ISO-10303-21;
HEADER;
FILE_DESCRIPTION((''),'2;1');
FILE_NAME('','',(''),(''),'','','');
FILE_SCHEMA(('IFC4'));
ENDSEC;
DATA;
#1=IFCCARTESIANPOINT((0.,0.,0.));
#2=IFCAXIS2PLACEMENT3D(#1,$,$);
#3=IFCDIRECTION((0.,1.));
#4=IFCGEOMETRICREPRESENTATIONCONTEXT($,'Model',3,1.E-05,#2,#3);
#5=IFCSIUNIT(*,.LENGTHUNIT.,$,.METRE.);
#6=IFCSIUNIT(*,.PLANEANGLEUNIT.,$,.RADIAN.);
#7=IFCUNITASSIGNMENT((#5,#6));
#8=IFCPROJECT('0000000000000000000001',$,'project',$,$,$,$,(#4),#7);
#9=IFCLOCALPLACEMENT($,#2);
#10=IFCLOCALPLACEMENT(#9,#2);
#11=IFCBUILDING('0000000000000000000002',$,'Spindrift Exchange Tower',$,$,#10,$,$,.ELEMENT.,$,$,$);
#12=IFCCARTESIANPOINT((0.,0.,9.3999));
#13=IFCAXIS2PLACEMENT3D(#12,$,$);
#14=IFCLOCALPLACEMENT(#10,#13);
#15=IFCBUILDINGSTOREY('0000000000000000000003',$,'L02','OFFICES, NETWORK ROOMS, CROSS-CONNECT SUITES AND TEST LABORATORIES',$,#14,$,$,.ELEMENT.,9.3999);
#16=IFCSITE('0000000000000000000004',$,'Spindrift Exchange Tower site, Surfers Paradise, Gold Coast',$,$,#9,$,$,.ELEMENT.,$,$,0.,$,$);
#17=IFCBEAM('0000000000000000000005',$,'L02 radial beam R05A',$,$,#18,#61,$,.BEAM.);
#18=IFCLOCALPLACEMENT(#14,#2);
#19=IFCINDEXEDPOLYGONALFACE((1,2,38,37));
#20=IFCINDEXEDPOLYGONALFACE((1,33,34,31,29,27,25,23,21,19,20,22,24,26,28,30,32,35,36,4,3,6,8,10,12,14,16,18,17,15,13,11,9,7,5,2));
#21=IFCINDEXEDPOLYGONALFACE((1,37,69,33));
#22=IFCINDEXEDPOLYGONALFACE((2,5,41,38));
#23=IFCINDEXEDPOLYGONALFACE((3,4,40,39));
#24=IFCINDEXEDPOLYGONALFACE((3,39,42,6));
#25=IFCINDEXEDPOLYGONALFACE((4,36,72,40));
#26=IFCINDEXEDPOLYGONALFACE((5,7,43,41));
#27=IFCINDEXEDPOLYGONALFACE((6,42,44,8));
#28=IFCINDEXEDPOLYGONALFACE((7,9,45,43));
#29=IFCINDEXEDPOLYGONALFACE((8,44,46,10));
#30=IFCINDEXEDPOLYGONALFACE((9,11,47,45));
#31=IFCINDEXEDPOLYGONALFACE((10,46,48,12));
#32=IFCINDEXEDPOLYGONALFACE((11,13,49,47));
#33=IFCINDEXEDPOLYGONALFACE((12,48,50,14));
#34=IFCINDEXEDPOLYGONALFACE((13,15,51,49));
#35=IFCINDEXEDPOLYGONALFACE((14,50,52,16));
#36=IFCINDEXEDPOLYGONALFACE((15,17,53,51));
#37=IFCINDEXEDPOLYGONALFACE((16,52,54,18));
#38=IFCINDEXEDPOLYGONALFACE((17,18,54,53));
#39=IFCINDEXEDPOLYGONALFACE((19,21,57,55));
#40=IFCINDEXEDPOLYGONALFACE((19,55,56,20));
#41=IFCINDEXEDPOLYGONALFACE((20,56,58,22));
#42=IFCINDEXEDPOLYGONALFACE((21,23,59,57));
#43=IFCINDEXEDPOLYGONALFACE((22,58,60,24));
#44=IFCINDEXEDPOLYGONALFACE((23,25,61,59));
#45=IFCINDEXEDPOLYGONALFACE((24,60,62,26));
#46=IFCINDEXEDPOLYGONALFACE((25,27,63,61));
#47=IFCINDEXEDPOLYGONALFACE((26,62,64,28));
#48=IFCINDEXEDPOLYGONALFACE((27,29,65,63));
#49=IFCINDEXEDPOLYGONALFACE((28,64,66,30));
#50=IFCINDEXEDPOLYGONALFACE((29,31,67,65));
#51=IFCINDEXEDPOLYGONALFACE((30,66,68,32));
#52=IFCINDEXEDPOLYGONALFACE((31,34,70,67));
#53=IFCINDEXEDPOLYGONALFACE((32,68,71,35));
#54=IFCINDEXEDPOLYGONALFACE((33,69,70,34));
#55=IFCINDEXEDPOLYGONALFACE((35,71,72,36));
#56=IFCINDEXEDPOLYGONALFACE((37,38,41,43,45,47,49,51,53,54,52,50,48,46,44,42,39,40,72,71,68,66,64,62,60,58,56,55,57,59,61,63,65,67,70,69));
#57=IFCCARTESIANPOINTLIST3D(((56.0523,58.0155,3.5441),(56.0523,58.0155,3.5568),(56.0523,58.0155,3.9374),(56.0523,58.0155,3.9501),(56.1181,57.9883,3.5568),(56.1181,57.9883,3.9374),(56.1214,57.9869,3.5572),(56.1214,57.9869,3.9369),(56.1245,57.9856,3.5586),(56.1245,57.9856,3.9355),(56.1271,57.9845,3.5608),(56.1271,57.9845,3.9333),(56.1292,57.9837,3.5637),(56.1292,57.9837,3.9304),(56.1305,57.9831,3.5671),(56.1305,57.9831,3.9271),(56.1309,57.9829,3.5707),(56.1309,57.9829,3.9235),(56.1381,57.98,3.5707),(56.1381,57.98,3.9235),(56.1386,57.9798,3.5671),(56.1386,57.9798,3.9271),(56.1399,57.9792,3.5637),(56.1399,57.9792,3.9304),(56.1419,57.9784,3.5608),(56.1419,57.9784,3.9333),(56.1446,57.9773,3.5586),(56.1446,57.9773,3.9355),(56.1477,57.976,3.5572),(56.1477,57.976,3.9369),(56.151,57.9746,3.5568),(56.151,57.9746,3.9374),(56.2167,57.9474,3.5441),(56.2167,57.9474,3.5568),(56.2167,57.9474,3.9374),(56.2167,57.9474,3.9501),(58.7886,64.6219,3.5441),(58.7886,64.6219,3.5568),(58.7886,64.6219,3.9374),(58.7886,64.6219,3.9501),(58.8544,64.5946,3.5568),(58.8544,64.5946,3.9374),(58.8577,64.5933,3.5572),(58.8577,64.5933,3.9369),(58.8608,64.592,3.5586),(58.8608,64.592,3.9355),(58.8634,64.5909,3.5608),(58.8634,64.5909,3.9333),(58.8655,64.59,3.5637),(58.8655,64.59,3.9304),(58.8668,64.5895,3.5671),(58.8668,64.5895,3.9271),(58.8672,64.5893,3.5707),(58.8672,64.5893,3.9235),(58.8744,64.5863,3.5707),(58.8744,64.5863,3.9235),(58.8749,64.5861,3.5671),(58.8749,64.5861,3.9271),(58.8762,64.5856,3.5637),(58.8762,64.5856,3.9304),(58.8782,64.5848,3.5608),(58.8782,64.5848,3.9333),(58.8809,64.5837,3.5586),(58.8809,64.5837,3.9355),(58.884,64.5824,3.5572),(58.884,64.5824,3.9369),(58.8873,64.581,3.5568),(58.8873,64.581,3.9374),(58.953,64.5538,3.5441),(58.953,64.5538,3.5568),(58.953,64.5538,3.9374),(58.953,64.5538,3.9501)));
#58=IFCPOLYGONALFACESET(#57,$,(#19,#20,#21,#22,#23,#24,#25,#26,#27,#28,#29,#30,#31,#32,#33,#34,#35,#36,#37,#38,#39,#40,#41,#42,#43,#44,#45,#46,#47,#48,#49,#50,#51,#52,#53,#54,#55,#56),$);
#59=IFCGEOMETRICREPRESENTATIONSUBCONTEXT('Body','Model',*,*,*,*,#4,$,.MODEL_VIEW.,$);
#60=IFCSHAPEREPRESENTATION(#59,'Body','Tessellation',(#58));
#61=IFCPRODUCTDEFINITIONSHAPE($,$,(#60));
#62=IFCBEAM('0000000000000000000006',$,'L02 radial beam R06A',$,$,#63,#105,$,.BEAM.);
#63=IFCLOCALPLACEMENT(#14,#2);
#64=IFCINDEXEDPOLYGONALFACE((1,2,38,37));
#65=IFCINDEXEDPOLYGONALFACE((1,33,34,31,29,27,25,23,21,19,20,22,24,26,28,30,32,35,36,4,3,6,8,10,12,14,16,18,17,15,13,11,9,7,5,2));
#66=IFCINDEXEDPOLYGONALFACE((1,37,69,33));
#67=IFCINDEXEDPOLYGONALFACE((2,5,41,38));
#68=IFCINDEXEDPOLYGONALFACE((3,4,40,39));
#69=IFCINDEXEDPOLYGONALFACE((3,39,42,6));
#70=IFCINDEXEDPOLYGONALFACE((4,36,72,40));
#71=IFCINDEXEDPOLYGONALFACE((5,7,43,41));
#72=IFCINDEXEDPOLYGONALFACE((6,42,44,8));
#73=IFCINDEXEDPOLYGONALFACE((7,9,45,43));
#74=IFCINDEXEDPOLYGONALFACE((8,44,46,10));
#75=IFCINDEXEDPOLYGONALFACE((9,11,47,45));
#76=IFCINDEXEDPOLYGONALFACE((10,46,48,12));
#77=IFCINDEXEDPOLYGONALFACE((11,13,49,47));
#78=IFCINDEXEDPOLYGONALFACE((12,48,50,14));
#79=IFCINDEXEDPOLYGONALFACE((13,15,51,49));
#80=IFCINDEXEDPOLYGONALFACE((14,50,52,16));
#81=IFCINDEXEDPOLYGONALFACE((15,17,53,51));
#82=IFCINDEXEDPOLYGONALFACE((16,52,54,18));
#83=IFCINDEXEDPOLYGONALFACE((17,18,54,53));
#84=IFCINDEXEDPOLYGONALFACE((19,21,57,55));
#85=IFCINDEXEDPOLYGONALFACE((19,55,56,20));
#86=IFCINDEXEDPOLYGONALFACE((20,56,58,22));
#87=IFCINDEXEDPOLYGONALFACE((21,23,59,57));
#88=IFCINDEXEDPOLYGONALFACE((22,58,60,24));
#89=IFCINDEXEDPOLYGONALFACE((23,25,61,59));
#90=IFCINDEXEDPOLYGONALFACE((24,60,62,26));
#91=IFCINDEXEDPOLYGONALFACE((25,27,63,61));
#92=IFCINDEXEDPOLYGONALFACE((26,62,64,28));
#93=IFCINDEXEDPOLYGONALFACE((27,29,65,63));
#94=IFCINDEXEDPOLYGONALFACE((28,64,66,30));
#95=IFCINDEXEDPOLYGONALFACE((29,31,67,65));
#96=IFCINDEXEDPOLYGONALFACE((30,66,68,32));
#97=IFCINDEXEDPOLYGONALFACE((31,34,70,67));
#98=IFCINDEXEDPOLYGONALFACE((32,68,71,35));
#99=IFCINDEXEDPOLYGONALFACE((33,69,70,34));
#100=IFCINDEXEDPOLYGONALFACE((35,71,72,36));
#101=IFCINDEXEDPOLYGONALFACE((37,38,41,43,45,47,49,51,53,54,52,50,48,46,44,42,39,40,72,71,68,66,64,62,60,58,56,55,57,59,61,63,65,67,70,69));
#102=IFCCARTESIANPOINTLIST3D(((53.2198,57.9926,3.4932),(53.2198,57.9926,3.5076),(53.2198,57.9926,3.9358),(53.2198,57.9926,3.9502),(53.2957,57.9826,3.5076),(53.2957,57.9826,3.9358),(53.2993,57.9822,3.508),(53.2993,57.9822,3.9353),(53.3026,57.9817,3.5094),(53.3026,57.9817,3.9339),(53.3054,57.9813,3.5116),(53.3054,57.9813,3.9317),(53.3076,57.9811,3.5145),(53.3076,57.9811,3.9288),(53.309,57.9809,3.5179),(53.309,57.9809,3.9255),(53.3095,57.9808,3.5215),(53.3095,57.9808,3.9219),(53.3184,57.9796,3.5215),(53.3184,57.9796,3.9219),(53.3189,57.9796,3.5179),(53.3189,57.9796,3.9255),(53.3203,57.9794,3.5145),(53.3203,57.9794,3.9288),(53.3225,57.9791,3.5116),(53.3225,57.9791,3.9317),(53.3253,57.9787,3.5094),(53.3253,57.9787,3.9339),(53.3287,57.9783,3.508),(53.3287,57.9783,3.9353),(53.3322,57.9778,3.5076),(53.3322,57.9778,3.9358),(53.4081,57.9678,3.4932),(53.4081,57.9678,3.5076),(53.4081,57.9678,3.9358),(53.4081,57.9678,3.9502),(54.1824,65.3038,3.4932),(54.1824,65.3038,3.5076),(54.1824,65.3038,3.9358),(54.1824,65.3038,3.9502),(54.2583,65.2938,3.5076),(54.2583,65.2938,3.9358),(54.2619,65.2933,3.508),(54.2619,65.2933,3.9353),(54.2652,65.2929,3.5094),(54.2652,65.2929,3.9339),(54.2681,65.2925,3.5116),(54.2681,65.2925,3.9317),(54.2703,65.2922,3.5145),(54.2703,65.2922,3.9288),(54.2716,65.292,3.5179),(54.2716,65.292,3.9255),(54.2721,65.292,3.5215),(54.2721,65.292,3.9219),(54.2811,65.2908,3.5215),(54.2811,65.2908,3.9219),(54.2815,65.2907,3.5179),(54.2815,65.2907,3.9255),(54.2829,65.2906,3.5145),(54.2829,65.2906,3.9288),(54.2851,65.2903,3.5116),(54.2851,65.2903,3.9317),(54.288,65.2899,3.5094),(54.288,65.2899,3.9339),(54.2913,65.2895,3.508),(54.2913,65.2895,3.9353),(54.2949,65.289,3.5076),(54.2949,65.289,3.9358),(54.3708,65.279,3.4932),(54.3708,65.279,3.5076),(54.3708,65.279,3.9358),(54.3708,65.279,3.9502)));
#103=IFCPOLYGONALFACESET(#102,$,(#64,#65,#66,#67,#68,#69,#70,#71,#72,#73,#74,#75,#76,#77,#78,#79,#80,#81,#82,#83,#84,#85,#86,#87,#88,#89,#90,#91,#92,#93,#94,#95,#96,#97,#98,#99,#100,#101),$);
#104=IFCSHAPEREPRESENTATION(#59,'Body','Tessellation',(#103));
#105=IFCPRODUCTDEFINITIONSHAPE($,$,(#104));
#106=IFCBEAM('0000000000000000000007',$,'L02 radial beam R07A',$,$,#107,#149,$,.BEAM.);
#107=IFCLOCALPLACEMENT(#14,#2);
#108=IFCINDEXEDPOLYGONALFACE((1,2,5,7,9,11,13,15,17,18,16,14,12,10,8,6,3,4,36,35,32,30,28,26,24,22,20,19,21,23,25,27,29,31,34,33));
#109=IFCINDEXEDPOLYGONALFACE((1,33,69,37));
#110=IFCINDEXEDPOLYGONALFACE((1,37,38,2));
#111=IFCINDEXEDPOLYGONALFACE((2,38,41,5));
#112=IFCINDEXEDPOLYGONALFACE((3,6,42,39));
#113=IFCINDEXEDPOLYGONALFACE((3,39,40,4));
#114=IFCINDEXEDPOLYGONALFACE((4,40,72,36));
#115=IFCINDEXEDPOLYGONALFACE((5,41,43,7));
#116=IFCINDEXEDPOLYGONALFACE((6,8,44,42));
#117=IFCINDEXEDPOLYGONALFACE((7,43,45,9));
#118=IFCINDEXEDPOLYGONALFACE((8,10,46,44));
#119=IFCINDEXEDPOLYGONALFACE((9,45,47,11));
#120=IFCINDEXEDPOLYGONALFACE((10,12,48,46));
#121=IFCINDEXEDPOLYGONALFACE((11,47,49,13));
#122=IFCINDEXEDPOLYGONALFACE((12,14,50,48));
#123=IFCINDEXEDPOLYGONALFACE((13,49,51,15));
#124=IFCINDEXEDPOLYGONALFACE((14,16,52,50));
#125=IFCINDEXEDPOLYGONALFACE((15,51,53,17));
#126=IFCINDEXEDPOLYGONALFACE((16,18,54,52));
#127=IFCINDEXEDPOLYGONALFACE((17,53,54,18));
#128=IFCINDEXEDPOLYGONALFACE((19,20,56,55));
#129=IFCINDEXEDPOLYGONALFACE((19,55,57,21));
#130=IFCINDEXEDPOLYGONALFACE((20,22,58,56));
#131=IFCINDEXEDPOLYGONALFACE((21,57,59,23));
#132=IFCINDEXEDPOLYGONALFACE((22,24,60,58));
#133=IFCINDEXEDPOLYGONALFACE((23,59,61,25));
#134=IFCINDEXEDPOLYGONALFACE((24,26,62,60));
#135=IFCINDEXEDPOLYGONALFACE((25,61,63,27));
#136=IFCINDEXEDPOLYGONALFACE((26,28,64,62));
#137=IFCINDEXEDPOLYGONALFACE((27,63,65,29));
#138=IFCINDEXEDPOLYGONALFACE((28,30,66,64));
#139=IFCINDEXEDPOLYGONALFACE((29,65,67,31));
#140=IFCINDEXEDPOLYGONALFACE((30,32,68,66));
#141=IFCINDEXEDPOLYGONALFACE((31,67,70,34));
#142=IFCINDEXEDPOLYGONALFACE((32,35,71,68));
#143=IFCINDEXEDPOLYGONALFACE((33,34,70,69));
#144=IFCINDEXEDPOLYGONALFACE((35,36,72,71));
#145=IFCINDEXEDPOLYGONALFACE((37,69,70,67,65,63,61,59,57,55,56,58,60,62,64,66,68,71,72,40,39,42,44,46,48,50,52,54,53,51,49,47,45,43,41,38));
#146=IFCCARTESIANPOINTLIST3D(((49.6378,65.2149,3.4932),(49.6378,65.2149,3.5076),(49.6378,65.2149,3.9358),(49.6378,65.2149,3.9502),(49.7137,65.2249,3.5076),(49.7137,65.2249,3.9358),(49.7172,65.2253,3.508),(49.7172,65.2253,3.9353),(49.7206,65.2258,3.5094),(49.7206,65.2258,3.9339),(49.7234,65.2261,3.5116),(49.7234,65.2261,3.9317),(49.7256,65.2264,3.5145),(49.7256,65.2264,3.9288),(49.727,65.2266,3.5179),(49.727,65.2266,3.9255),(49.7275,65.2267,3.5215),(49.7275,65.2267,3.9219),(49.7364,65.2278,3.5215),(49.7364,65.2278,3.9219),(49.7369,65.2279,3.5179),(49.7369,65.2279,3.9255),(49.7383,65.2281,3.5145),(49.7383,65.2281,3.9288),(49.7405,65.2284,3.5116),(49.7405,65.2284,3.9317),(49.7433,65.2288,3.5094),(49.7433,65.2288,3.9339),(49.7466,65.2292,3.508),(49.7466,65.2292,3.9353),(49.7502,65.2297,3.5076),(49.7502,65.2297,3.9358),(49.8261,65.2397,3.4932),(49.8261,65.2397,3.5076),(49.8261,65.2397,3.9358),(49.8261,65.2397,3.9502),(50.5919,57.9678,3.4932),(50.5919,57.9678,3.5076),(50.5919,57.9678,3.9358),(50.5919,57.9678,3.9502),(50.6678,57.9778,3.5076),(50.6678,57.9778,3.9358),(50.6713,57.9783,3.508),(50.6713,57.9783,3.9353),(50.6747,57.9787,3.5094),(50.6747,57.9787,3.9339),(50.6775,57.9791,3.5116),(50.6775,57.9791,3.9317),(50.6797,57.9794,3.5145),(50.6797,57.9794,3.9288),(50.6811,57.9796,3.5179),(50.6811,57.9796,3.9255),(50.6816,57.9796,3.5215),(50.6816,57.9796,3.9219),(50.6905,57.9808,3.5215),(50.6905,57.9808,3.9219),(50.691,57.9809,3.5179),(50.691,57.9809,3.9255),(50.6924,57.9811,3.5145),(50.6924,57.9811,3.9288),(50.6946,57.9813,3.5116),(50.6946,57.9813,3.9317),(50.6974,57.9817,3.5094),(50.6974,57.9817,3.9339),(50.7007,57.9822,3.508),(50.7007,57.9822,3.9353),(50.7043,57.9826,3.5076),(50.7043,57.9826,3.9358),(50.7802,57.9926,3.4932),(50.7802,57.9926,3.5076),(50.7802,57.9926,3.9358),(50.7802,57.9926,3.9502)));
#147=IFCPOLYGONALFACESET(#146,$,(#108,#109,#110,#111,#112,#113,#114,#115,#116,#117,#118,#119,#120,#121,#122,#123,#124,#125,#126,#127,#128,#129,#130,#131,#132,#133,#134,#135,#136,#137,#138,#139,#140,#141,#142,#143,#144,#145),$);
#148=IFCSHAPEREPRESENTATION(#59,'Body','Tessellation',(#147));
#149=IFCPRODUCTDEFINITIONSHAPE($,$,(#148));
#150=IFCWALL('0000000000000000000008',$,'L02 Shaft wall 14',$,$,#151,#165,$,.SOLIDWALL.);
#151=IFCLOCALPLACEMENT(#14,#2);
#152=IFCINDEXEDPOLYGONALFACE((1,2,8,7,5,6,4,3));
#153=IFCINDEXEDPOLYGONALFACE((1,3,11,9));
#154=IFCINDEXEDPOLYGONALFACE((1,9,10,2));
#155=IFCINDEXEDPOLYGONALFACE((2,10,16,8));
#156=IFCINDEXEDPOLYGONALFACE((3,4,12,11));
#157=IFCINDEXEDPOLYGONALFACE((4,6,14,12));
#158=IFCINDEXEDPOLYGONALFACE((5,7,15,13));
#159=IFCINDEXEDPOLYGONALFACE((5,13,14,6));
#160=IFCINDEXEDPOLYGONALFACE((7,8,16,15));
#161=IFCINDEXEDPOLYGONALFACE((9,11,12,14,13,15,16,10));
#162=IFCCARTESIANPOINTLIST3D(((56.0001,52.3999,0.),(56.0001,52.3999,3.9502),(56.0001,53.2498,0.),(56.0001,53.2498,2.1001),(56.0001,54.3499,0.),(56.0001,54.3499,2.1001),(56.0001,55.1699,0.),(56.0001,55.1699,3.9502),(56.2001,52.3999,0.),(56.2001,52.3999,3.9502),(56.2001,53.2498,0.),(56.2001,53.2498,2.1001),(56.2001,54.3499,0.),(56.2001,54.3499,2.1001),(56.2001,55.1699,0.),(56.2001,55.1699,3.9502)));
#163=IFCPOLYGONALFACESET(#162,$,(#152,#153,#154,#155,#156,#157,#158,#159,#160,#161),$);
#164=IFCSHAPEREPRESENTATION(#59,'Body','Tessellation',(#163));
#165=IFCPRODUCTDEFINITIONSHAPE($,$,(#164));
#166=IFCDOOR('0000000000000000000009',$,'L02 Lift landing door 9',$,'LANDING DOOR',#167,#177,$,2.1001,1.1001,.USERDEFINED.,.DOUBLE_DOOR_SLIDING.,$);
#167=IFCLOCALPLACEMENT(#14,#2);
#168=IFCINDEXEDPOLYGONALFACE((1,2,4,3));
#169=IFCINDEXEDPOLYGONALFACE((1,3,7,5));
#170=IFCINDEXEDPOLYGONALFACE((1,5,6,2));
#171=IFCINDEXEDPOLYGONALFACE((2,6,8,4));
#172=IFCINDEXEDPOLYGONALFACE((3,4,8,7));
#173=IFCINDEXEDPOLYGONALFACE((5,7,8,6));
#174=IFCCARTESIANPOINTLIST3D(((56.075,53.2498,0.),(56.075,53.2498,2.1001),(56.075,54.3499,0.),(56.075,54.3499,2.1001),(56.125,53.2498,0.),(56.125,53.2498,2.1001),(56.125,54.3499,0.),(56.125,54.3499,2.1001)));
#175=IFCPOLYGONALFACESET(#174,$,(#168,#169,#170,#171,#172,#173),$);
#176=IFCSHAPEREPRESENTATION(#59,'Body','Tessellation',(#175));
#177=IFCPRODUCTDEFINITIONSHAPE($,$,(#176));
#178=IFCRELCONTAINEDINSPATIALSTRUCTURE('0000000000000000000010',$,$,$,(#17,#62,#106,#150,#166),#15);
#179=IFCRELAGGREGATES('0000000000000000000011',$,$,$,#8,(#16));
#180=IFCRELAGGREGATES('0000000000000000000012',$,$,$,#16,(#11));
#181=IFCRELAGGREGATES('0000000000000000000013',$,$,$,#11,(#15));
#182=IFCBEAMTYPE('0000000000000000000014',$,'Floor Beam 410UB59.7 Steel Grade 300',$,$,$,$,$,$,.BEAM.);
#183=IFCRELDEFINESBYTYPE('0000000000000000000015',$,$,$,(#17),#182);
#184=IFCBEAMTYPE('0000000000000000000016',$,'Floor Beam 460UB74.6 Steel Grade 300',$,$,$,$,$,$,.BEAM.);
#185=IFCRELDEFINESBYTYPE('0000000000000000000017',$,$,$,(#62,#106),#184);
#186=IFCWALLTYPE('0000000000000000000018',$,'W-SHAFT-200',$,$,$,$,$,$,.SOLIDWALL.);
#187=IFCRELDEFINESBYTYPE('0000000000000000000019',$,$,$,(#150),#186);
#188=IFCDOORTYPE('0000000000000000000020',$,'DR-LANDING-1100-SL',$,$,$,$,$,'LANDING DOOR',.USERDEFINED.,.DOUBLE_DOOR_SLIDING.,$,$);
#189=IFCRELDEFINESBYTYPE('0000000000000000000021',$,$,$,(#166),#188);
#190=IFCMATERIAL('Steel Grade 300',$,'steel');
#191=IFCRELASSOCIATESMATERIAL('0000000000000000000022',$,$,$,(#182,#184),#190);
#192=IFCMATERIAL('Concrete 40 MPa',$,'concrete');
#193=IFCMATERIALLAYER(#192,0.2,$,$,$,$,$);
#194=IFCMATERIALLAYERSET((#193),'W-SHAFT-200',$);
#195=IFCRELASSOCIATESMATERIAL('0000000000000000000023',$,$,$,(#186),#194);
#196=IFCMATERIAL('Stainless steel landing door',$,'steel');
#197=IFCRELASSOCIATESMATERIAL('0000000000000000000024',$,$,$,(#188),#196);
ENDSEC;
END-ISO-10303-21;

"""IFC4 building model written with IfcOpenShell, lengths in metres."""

from ifc_helpers import new_model, si_unit, direction, frame, frame_2d, origin, origin_2d, place, context, subcontext, project, spatial, rectangle, i_section, extrude, source, transform, mapped, material, layer, layer_set, material_profile, profile_set, type_object, element, fill, save


model = new_model("IFC4")

# Units and contexts
model_context = context("Model", 3, precision=1e-05, world=origin(), true_north=direction((0.0, 1.0)))
body_context = subcontext(model_context, "Body", "Model", "MODEL_VIEW")
ifc_project = project(units=[si_unit("LENGTHUNIT", "METRE"), si_unit("PLANEANGLEUNIT", "RADIAN")], contexts=[model_context])

# Site, building, storey
site_placement = place(None, origin())
site = spatial("IfcSite", under=ifc_project, at=site_placement, Name="Spindrift Exchange Tower site, Surfers Paradise, Gold Coast", CompositionType="ELEMENT", RefElevation=0.0)
building_placement = place(site_placement, origin())
building = spatial("IfcBuilding", under=site, at=building_placement, Name="Spindrift Exchange Tower", CompositionType="ELEMENT")
storey_placement = place(building_placement, frame((0.0, 0.0, 9.3999)))
storey = spatial("IfcBuildingStorey", under=building, at=storey_placement, Name="L02", Description="OFFICES, NETWORK ROOMS, CROSS-CONNECT SUITES AND TEST LABORATORIES", CompositionType="ELEMENT", Elevation=9.3999)

# Beams
ifc_material_1 = material(Name="Steel Grade 300", Category="steel")
ifc_material_profile_1 = material_profile(ifc_material_1, i_section(OverallWidth=0.178, OverallDepth=0.406, WebThickness=0.0078, FlangeThickness=0.0127, FilletRadius=0.0139, at=origin_2d()), Name="410UB59.7")
ifc_profile_set_1 = profile_set([ifc_material_profile_1], Name="Steel Grade 300")
beam_type_1 = type_object("IfcBeamType", Name="Floor Beam 410UB59.7 Steel Grade 300", PredefinedType="BEAM", material=ifc_profile_set_1)
shared_shape_1 = source(origin(), body_context, "Body", "SweptSolid", [
    extrude(i_section(OverallWidth=0.178, OverallDepth=0.406, WebThickness=0.0078, FlangeThickness=0.0127, FilletRadius=0.0139, at=origin_2d()), origin(), (0.0, 0.0, 1.0), 7.1506),
])
beam_1_placement = place(storey_placement, frame((56.1345, 57.9814, 3.7471), z_axis=(0.382665, 0.923887, 0.0), x_axis=(-0.923887, 0.382665, 0.0)))
element("IfcBeam", 1, at=beam_1_placement, inside=storey, type_object=beam_type_1, Name="L02 radial beam R05A", PredefinedType="BEAM", context=body_context, shape_type="MappedRepresentation", body=[
    mapped(shared_shape_1, transform((0.0, 0.0, 0.0), scale=1.0)),
])
ifc_material_profile_2 = material_profile(ifc_material_1, i_section(OverallWidth=0.1899, OverallDepth=0.457, WebThickness=0.009, FlangeThickness=0.0144, FilletRadius=0.0139, at=origin_2d()), Name="460UB74.6")
ifc_profile_set_2 = profile_set([ifc_material_profile_2], Name="Steel Grade 300")
beam_type_2 = type_object("IfcBeamType", Name="Floor Beam 460UB74.6 Steel Grade 300", PredefinedType="BEAM", material=ifc_profile_set_2)
shared_shape_2 = source(origin(), body_context, "Body", "SweptSolid", [
    extrude(i_section(OverallWidth=0.1899, OverallDepth=0.457, WebThickness=0.009, FlangeThickness=0.0144, FilletRadius=0.0139, at=origin_2d()), origin(), (0.0, 0.0, 1.0), 7.3743),
])
beam_2_placement = place(storey_placement, frame((53.314, 57.9802, 3.7217), z_axis=(0.130539, 0.991443, 0.0), x_axis=(-0.991443, 0.130539, 0.0)))
element("IfcBeam", 2, at=beam_2_placement, inside=storey, type_object=beam_type_2, Name="L02 radial beam R06A", PredefinedType="BEAM", context=body_context, shape_type="MappedRepresentation", body=[
    mapped(shared_shape_2, transform((0.0, 0.0, 0.0), scale=1.0)),
])
shared_shape_3 = source(origin(), body_context, "Body", "SweptSolid", [
    extrude(i_section(OverallWidth=0.1899, OverallDepth=0.457, WebThickness=0.009, FlangeThickness=0.0144, FilletRadius=0.0139, at=origin_2d()), origin(), (0.0, 0.0, 1.0), 7.3096),
])
beam_3_placement = place(storey_placement, frame((50.686, 57.9802, 3.7217), z_axis=(-0.130527, 0.991445, 0.0), x_axis=(-0.991445, -0.130527, 0.0)))
element("IfcBeam", 3, at=beam_3_placement, inside=storey, type_object=beam_type_2, Name="L02 radial beam R07A", PredefinedType="BEAM", context=body_context, shape_type="MappedRepresentation", body=[
    mapped(shared_shape_3, transform((0.0, 0.0, 0.0), scale=1.0)),
])

# Wall, opening, door
ifc_material_2 = material(Name="Concrete 40 MPa", Category="concrete")
ifc_layer_1 = layer(ifc_material_2, 0.2)
ifc_layer_set_1 = layer_set([ifc_layer_1], Name="W-SHAFT-200")
wall_type_1 = type_object("IfcWallType", Name="W-SHAFT-200", PredefinedType="SOLIDWALL", material=ifc_layer_set_1)
wall_1_placement = place(storey_placement, frame((56.1001, 55.1699, 0.0), z_axis=(0.0, 0.0, 1.0), x_axis=(0.0, -1.0, 0.0)))
wall_1 = element("IfcWall", 4, at=wall_1_placement, inside=storey, type_object=wall_type_1, Name="L02 Shaft wall 14", PredefinedType="SOLIDWALL", context=body_context, shape_type="SweptSolid", body=[
    extrude(rectangle(XDim=2.77, YDim=0.2, at=frame_2d((1.385, 0.0))), origin(), (0.0, 0.0, 1.0), 3.9502),
])
opening_1_placement = place(wall_1_placement, frame((0.8201, 0.0, 0.0)))
opening_1 = element("IfcOpeningElement", 5, at=opening_1_placement, cuts=wall_1, PredefinedType="OPENING", context=body_context, shape_type="SweptSolid", body=[
    extrude(rectangle(XDim=1.1001, YDim=2.1001, at=frame_2d((0.55, 1.05))), frame((0.0, 0.1099, 0.0), z_axis=(0.0, -1.0, 0.0), x_axis=(1.0, 0.0, 0.0)), (0.0, 0.0, 1.0), 0.22),
])
ifc_material_3 = material(Name="Stainless steel landing door", Category="steel")
door_type_1 = type_object("IfcDoorType", Name="DR-LANDING-1100-SL", ElementType="LANDING DOOR", OperationType="DOUBLE_DOOR_SLIDING", PredefinedType="USERDEFINED", material=ifc_material_3)
shared_shape_4 = source(origin(), body_context, "Body", "SweptSolid", [
    extrude(rectangle(XDim=1.1001, YDim=2.1001, at=frame_2d((0.55, 1.05))), frame((0.0, 0.0249, 0.0), z_axis=(0.0, -1.0, 0.0), x_axis=(1.0, 0.0, 0.0)), (0.0, 0.0, 1.0), 0.05),
])
door_1_placement = place(opening_1_placement, origin())
door_1 = element("IfcDoor", 6, at=door_1_placement, inside=storey, type_object=door_type_1, Name="L02 Lift landing door 9", ObjectType="LANDING DOOR", OperationType="DOUBLE_DOOR_SLIDING", OverallHeight=2.1001, OverallWidth=1.1001, PredefinedType="USERDEFINED", context=body_context, shape_type="MappedRepresentation", body=[
    mapped(shared_shape_4, transform((0.0, 0.0, 0.0), scale=1.0)),
])
fill(opening_1, door_1)

save(model, "model.ifc")
